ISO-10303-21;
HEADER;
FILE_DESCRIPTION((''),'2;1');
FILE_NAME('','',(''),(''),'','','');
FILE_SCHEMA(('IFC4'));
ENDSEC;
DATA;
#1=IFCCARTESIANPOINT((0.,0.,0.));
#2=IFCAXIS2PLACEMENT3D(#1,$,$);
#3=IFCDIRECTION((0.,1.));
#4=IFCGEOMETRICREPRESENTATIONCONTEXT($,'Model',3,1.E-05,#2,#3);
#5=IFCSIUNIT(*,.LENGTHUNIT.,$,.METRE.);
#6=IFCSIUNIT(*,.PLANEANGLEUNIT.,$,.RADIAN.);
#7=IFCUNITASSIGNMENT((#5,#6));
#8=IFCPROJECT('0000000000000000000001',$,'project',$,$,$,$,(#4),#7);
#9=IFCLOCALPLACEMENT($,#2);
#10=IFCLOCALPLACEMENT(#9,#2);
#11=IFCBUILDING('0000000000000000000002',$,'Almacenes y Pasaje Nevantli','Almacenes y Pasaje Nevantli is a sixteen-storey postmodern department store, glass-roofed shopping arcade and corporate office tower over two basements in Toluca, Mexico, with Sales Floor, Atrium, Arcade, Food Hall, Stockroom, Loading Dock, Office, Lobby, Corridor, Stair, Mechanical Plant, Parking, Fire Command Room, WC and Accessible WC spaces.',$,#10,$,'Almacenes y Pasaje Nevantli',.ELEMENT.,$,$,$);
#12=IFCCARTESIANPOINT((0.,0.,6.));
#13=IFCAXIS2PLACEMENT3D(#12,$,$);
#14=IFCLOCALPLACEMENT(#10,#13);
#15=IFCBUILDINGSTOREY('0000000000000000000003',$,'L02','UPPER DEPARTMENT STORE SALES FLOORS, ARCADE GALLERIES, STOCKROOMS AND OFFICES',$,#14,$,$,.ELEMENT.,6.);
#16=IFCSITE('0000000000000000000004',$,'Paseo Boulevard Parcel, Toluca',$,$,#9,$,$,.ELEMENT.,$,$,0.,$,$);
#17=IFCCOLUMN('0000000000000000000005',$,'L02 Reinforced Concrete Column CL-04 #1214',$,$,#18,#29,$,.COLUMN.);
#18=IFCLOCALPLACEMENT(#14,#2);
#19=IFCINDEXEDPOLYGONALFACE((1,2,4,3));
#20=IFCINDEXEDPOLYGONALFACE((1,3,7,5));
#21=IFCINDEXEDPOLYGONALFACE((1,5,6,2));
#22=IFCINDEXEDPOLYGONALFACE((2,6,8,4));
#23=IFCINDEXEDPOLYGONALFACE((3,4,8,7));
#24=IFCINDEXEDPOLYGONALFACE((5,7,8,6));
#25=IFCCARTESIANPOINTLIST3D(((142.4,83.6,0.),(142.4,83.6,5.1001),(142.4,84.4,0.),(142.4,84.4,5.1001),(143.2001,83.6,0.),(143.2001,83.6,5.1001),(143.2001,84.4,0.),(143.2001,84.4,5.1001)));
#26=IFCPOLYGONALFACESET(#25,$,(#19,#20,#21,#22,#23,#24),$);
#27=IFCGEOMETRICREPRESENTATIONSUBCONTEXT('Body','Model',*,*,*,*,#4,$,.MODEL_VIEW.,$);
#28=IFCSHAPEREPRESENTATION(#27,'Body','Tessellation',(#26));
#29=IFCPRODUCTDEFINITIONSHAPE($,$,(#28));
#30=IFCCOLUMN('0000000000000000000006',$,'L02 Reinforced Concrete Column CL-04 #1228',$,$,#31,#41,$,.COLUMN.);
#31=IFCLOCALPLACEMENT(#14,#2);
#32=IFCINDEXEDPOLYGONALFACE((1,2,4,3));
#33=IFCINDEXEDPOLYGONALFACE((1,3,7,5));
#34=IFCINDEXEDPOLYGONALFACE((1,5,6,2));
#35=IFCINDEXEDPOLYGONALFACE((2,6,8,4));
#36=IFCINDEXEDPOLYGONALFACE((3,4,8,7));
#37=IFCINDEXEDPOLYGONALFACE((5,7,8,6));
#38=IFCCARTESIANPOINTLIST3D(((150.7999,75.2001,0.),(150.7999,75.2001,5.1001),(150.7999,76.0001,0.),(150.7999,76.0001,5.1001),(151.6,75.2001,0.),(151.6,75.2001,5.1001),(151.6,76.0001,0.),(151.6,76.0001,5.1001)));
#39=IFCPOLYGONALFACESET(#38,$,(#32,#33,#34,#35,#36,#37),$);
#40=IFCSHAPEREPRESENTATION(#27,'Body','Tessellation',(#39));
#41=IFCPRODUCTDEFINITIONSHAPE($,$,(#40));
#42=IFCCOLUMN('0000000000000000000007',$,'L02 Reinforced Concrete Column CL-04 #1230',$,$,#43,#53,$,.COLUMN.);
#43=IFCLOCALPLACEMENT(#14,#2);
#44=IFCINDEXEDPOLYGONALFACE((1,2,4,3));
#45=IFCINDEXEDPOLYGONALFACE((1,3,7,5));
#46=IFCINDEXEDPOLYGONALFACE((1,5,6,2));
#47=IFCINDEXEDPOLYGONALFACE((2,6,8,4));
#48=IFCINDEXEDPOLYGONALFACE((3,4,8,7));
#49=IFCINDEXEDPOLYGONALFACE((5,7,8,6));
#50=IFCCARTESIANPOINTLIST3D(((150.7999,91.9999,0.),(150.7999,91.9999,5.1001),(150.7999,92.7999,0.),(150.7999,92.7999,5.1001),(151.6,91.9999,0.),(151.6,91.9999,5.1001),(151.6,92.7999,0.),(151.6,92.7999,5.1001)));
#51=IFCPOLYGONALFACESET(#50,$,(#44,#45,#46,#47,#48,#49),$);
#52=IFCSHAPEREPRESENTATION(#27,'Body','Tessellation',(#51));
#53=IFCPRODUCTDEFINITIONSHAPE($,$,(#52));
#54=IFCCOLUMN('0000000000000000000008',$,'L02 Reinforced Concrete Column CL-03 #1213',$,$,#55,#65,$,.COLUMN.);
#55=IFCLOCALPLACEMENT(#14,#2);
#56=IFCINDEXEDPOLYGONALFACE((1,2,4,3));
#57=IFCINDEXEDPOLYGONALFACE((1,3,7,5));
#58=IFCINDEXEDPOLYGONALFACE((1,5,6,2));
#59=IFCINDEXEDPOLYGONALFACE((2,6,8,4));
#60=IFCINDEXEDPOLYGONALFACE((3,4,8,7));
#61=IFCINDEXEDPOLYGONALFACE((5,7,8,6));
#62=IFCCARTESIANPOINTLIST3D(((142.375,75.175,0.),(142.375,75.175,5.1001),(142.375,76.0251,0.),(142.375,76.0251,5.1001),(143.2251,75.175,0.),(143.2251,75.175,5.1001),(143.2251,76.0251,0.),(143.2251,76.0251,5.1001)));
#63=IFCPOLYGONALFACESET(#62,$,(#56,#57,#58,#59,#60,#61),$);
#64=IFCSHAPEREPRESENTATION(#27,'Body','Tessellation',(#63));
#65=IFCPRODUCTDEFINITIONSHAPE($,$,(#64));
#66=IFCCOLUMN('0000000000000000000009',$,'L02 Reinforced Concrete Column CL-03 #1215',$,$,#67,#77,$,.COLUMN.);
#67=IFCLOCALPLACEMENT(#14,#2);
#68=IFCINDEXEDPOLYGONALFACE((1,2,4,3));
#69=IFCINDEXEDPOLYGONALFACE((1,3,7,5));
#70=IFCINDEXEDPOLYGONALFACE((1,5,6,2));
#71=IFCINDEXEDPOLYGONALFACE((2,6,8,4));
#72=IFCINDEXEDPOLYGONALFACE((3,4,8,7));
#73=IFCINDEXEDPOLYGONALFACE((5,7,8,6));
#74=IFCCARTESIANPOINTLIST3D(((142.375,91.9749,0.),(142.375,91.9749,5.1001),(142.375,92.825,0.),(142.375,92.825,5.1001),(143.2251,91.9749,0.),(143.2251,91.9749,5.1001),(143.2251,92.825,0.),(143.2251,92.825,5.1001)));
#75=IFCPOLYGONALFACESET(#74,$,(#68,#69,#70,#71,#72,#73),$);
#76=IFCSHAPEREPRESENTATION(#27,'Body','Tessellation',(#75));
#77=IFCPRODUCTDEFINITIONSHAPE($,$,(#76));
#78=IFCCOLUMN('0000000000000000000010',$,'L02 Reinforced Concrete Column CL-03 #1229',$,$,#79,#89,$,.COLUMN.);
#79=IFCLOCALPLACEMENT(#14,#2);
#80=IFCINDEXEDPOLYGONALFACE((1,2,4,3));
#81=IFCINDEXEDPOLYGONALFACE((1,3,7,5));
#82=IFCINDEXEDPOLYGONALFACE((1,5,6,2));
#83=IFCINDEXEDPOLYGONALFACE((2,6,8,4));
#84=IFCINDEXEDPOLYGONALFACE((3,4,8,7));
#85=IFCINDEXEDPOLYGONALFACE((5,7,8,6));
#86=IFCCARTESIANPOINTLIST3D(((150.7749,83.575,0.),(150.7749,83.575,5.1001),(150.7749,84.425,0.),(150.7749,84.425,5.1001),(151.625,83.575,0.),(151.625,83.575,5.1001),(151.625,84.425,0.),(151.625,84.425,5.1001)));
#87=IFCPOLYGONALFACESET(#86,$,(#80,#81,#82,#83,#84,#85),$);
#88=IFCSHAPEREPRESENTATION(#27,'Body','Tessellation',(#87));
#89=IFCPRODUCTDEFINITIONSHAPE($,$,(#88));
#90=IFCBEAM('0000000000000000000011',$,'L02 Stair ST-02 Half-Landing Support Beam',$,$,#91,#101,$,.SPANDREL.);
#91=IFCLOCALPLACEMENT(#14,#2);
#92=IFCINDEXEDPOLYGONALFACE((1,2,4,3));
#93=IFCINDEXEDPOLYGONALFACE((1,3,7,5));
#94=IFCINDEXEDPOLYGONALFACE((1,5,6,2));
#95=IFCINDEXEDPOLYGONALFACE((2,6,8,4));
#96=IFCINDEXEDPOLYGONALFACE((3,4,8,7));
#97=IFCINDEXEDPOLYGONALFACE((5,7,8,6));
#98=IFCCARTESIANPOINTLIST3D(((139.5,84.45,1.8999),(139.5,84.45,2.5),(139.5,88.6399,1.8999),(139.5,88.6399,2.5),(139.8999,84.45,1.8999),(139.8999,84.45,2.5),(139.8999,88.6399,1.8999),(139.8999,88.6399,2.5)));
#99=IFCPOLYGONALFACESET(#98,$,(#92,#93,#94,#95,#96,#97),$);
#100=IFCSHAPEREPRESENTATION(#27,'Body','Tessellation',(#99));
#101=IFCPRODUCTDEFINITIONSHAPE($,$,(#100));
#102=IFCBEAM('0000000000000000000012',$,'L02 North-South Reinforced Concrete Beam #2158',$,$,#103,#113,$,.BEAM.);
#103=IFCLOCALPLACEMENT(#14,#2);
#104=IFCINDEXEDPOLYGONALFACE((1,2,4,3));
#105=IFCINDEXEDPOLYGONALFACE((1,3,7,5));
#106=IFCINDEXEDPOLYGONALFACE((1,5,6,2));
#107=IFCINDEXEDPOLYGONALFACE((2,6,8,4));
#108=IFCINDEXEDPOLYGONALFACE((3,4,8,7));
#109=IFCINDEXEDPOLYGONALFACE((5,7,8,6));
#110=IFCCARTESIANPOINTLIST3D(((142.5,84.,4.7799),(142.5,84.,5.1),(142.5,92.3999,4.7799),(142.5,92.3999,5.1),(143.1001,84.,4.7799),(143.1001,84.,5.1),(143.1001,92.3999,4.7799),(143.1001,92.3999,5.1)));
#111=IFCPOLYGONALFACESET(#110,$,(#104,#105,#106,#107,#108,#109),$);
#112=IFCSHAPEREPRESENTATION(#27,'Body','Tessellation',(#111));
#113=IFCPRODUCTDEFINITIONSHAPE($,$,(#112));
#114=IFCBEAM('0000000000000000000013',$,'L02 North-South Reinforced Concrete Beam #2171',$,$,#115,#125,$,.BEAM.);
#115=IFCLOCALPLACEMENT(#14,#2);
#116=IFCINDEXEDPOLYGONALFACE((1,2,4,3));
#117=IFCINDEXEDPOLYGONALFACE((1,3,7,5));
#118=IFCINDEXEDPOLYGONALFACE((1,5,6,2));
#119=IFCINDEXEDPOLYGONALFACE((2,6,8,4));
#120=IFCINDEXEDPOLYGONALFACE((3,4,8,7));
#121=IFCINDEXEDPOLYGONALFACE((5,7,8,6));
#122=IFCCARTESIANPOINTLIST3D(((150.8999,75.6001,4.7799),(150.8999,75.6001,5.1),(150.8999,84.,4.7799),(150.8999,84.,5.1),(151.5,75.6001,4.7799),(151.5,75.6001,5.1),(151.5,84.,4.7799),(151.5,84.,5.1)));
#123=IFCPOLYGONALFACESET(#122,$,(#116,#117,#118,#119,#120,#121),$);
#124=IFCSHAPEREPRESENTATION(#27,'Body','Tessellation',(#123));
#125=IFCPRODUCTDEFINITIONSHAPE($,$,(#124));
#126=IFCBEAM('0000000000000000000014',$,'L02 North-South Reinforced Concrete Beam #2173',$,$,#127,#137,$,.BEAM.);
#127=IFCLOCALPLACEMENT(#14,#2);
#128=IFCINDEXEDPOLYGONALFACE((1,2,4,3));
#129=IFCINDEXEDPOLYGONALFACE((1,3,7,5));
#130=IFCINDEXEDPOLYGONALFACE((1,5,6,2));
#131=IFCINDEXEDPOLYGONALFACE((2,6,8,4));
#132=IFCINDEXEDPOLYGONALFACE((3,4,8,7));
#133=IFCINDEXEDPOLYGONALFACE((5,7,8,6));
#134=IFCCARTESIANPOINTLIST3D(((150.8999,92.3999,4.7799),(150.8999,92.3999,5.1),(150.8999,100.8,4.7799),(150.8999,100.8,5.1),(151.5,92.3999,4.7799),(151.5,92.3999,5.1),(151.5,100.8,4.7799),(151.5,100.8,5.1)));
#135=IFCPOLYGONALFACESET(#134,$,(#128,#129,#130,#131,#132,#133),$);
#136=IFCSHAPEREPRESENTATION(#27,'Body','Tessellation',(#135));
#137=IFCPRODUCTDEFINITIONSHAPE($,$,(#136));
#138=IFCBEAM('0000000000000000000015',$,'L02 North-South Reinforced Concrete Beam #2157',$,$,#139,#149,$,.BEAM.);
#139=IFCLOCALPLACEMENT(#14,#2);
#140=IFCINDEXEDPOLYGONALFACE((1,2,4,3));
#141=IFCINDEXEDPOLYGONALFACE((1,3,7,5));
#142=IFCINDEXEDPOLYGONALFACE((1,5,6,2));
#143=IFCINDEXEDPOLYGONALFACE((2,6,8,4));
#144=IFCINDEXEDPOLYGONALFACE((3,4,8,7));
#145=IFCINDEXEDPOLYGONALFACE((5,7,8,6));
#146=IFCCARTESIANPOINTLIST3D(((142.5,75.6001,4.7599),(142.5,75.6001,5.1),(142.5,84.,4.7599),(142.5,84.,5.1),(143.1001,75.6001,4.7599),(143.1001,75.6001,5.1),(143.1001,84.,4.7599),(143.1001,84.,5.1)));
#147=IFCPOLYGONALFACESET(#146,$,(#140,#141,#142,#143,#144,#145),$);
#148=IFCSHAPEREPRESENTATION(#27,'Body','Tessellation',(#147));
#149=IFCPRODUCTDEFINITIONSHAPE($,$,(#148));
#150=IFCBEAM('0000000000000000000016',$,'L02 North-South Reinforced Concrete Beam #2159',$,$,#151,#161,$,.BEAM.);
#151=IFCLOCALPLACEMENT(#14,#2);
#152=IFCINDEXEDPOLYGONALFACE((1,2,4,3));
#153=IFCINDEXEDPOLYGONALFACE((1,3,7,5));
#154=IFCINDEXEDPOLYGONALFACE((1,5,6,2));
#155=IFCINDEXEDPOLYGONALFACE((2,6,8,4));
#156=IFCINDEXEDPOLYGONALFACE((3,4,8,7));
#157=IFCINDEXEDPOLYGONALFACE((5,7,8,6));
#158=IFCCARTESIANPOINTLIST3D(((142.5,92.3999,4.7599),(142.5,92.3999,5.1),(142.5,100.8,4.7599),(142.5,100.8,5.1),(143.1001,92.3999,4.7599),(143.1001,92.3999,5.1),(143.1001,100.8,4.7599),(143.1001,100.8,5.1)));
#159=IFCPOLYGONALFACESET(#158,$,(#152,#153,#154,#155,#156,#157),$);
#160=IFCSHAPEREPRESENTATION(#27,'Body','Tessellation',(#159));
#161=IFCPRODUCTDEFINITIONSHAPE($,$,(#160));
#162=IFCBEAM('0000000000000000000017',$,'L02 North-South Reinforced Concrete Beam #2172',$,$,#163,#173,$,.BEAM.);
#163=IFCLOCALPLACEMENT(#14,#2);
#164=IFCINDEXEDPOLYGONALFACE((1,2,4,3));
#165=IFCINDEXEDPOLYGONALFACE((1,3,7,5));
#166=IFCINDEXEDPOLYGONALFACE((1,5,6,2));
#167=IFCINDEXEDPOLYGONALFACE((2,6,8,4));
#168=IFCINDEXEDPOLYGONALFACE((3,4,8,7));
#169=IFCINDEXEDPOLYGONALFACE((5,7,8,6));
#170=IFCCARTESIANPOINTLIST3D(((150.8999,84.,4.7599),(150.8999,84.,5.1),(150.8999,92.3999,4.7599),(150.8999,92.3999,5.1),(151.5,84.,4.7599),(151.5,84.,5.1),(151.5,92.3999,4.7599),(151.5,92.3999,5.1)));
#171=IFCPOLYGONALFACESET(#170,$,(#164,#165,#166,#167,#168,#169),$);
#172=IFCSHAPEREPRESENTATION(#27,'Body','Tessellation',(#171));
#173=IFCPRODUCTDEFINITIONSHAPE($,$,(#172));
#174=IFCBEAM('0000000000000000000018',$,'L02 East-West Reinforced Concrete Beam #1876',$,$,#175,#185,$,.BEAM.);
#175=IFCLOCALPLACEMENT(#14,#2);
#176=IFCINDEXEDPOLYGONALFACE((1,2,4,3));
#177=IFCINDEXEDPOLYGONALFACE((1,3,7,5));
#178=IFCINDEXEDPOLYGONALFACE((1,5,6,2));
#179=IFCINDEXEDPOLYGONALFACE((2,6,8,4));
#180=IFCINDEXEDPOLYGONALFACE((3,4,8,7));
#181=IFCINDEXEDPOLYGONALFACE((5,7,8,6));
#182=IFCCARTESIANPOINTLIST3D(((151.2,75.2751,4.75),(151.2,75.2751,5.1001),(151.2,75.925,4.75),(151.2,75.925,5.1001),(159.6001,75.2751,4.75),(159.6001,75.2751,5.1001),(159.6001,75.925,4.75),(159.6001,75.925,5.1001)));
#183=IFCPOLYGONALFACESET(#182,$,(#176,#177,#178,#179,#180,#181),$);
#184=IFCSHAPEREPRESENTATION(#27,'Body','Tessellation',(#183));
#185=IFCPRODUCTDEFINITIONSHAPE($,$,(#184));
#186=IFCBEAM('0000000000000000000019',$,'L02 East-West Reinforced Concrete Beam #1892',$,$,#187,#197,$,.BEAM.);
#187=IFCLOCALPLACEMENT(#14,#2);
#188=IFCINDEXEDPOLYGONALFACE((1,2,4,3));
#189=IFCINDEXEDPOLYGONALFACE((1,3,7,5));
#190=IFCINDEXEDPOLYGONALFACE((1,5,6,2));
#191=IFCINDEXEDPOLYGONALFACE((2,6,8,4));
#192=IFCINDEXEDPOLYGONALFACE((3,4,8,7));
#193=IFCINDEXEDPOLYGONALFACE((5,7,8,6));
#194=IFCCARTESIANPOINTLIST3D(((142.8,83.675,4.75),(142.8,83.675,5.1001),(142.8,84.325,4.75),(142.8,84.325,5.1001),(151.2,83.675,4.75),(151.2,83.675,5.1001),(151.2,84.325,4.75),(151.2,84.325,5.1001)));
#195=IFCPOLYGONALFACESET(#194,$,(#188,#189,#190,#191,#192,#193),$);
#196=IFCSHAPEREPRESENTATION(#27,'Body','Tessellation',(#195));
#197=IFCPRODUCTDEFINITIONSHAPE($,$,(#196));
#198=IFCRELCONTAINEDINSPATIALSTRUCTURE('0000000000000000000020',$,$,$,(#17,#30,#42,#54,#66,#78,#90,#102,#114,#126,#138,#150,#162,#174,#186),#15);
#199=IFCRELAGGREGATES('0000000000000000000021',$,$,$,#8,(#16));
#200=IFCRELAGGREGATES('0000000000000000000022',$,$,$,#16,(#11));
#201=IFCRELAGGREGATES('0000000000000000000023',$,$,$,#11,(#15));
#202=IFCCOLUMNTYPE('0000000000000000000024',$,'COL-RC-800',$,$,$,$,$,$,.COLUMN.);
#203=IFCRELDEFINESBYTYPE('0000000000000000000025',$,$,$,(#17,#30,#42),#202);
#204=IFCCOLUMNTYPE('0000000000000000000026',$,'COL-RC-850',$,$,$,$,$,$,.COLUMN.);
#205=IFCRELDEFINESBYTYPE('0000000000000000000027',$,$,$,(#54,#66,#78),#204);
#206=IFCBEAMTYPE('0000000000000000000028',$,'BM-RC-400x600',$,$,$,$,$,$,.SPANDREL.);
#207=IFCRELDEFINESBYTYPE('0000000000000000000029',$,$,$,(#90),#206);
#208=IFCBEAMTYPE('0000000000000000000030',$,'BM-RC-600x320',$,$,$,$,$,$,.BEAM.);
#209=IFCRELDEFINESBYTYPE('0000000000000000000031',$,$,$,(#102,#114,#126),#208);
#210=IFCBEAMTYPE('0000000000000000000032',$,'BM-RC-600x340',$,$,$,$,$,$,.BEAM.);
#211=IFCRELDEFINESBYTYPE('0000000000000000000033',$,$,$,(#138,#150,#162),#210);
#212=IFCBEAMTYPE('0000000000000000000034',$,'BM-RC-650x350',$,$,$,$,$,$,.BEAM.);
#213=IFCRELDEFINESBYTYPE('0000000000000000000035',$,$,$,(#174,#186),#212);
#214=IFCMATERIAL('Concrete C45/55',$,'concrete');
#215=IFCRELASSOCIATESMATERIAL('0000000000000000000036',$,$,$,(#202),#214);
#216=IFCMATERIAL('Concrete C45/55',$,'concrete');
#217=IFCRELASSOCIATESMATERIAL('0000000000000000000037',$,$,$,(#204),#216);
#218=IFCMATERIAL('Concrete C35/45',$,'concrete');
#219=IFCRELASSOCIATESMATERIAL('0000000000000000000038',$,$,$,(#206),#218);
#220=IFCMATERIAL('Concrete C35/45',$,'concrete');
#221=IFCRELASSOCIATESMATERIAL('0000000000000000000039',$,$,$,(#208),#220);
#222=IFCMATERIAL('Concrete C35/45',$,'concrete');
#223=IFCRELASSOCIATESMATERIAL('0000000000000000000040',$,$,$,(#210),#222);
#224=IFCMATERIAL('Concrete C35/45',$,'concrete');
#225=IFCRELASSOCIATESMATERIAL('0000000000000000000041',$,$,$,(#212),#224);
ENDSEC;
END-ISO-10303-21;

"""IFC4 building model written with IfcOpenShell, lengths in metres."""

from ifc_helpers import new_model, si_unit, direction, frame, origin, origin_2d, place, context, subcontext, project, spatial, rectangle, extrude, material, material_profile, profile_set, type_object, element, save


model = new_model("IFC4")

# Units and contexts
model_context = context("Model", 3, precision=1e-05, world=origin(), true_north=direction((0.0, 1.0)))
body_context = subcontext(model_context, "Body", "Model", "MODEL_VIEW")
ifc_project = project(units=[si_unit("LENGTHUNIT", "METRE"), si_unit("PLANEANGLEUNIT", "RADIAN")], contexts=[model_context])

# Site, building, storey
site_placement = place(None, origin())
site = spatial("IfcSite", under=ifc_project, at=site_placement, Name="Paseo Boulevard Parcel, Toluca", CompositionType="ELEMENT", RefElevation=0.0)
building_placement = place(site_placement, origin())
building = spatial("IfcBuilding", under=site, at=building_placement, Name="Almacenes y Pasaje Nevantli", Description="Almacenes y Pasaje Nevantli is a sixteen-storey postmodern department store, glass-roofed shopping arcade and corporate office tower over two basements in Toluca, Mexico, with Sales Floor, Atrium, Arcade, Food Hall, Stockroom, Loading Dock, Office, Lobby, Corridor, Stair, Mechanical Plant, Parking, Fire Command Room, WC and Accessible WC spaces.", LongName="Almacenes y Pasaje Nevantli", CompositionType="ELEMENT")
storey_placement = place(building_placement, frame((0.0, 0.0, 6.0)))
storey = spatial("IfcBuildingStorey", under=building, at=storey_placement, Name="L02", Description="UPPER DEPARTMENT STORE SALES FLOORS, ARCADE GALLERIES, STOCKROOMS AND OFFICES", CompositionType="ELEMENT", Elevation=6.0)

# Columns
ifc_material_1 = material(Name="Concrete C45/55", Category="concrete")
ifc_material_profile_1 = material_profile(ifc_material_1, rectangle(XDim=0.8, YDim=0.8, at=origin_2d()), Name="RC-COL-800x800")
ifc_profile_set_1 = profile_set([ifc_material_profile_1], Name="Concrete C45/55")
column_type_1 = type_object("IfcColumnType", Name="COL-RC-800", PredefinedType="COLUMN", material=ifc_profile_set_1)
for number, where, z_axis, x_axis, name in (
    (1, (142.8, 84.0, 0.0), (0.0, 0.0, 1.0), (1.0, 0.0, 0.0), "L02 Reinforced Concrete Column CL-04 #1214"),
    (2, (151.2, 75.6001, 0.0), (0.0, 0.0, 1.0), (1.0, 0.0, 0.0), "L02 Reinforced Concrete Column CL-04 #1228"),
    (3, (151.2, 92.3999, 0.0), (0.0, 0.0, 1.0), (1.0, 0.0, 0.0), "L02 Reinforced Concrete Column CL-04 #1230"),
):
    element("IfcColumn", number, at=place(storey_placement, frame(where, z_axis=z_axis, x_axis=x_axis)), inside=storey, type_object=column_type_1, Name=name, PredefinedType="COLUMN", context=body_context, shape_type="SweptSolid", body=[
        extrude(rectangle(XDim=0.8, YDim=0.8, at=origin_2d()), origin(), (0.0, 0.0, 1.0), 5.1001),
    ])
ifc_material_2 = material(Name="Concrete C45/55", Category="concrete")
ifc_material_profile_2 = material_profile(ifc_material_2, rectangle(XDim=0.8501, YDim=0.8501, at=origin_2d()), Name="RC-COL-850x850")
ifc_profile_set_2 = profile_set([ifc_material_profile_2], Name="Concrete C45/55")
column_type_2 = type_object("IfcColumnType", Name="COL-RC-850", PredefinedType="COLUMN", material=ifc_profile_set_2)
for number, where, z_axis, x_axis, name in (
    (4, (142.8, 75.6001, 0.0), (0.0, 0.0, 1.0), (1.0, 0.0, 0.0), "L02 Reinforced Concrete Column CL-03 #1213"),
    (5, (142.8, 92.3999, 0.0), (0.0, 0.0, 1.0), (1.0, 0.0, 0.0), "L02 Reinforced Concrete Column CL-03 #1215"),
    (6, (151.2, 84.0, 0.0), (0.0, 0.0, 1.0), (1.0, 0.0, 0.0), "L02 Reinforced Concrete Column CL-03 #1229"),
):
    element("IfcColumn", number, at=place(storey_placement, frame(where, z_axis=z_axis, x_axis=x_axis)), inside=storey, type_object=column_type_2, Name=name, PredefinedType="COLUMN", context=body_context, shape_type="SweptSolid", body=[
        extrude(rectangle(XDim=0.8501, YDim=0.8501, at=origin_2d()), origin(), (0.0, 0.0, 1.0), 5.1001),
    ])

# Beams
ifc_material_3 = material(Name="Concrete C35/45", Category="concrete")
ifc_material_profile_3 = material_profile(ifc_material_3, rectangle(XDim=0.3999, YDim=0.6001, at=origin_2d()), Name="RC-BM-400x600")
ifc_profile_set_3 = profile_set([ifc_material_profile_3], Name="Concrete C35/45")
beam_type_1 = type_object("IfcBeamType", Name="BM-RC-400x600", PredefinedType="SPANDREL", material=ifc_profile_set_3)
beam_1_placement = place(storey_placement, frame((139.7, 84.45, 2.2), z_axis=(0.0, 1.0, 0.0), x_axis=(-1.0, 0.0, 0.0)))
element("IfcBeam", 7, at=beam_1_placement, inside=storey, type_object=beam_type_1, Name="L02 Stair ST-02 Half-Landing Support Beam", PredefinedType="SPANDREL", context=body_context, shape_type="SweptSolid", body=[
    extrude(rectangle(XDim=0.3999, YDim=0.6001, at=origin_2d()), origin(), (0.0, 0.0, 1.0), 4.1899),
])
ifc_material_4 = material(Name="Concrete C35/45", Category="concrete")
ifc_material_profile_4 = material_profile(ifc_material_4, rectangle(XDim=0.6001, YDim=0.3201, at=origin_2d()), Name="RC-BM-600x320")
ifc_profile_set_4 = profile_set([ifc_material_profile_4], Name="Concrete C35/45")
beam_type_2 = type_object("IfcBeamType", Name="BM-RC-600x320", PredefinedType="BEAM", material=ifc_profile_set_4)
for number, where, z_axis, x_axis, name in (
    (8, (142.8, 84.0, 4.9399), (0.0, 1.0, 0.0), (-1.0, 0.0, 0.0), "L02 North-South Reinforced Concrete Beam #2158"),
    (9, (151.2, 75.6001, 4.9399), (0.0, 1.0, 0.0), (-1.0, 0.0, 0.0), "L02 North-South Reinforced Concrete Beam #2171"),
):
    element("IfcBeam", number, at=place(storey_placement, frame(where, z_axis=z_axis, x_axis=x_axis)), inside=storey, type_object=beam_type_2, Name=name, PredefinedType="BEAM", context=body_context, shape_type="SweptSolid", body=[
        extrude(rectangle(XDim=0.6001, YDim=0.3201, at=origin_2d()), origin(), (0.0, 0.0, 1.0), 8.3999),
    ])
beam_2_placement = place(storey_placement, frame((151.2, 92.3999, 4.9399), z_axis=(0.0, 1.0, 0.0), x_axis=(-1.0, 0.0, 0.0)))
element("IfcBeam", 10, at=beam_2_placement, inside=storey, type_object=beam_type_2, Name="L02 North-South Reinforced Concrete Beam #2173", PredefinedType="BEAM", context=body_context, shape_type="SweptSolid", body=[
    extrude(rectangle(XDim=0.6001, YDim=0.3201, at=origin_2d()), origin(), (0.0, 0.0, 1.0), 8.4001),
])
ifc_material_5 = material(Name="Concrete C35/45", Category="concrete")
ifc_material_profile_5 = material_profile(ifc_material_5, rectangle(XDim=0.6001, YDim=0.3401, at=origin_2d()), Name="RC-BM-600x340")
ifc_profile_set_5 = profile_set([ifc_material_profile_5], Name="Concrete C35/45")
beam_type_3 = type_object("IfcBeamType", Name="BM-RC-600x340", PredefinedType="BEAM", material=ifc_profile_set_5)
beam_3_placement = place(storey_placement, frame((142.8, 75.6001, 4.9299), z_axis=(0.0, 1.0, 0.0), x_axis=(-1.0, 0.0, 0.0)))
element("IfcBeam", 11, at=beam_3_placement, inside=storey, type_object=beam_type_3, Name="L02 North-South Reinforced Concrete Beam #2157", PredefinedType="BEAM", context=body_context, shape_type="SweptSolid", body=[
    extrude(rectangle(XDim=0.6001, YDim=0.3401, at=origin_2d()), origin(), (0.0, 0.0, 1.0), 8.3999),
])
beam_4_placement = place(storey_placement, frame((142.8, 92.3999, 4.9299), z_axis=(0.0, 1.0, 0.0), x_axis=(-1.0, 0.0, 0.0)))
element("IfcBeam", 12, at=beam_4_placement, inside=storey, type_object=beam_type_3, Name="L02 North-South Reinforced Concrete Beam #2159", PredefinedType="BEAM", context=body_context, shape_type="SweptSolid", body=[
    extrude(rectangle(XDim=0.6001, YDim=0.3401, at=origin_2d()), origin(), (0.0, 0.0, 1.0), 8.4001),
])
beam_5_placement = place(storey_placement, frame((151.2, 84.0, 4.9299), z_axis=(0.0, 1.0, 0.0), x_axis=(-1.0, 0.0, 0.0)))
element("IfcBeam", 13, at=beam_5_placement, inside=storey, type_object=beam_type_3, Name="L02 North-South Reinforced Concrete Beam #2172", PredefinedType="BEAM", context=body_context, shape_type="SweptSolid", body=[
    extrude(rectangle(XDim=0.6001, YDim=0.3401, at=origin_2d()), origin(), (0.0, 0.0, 1.0), 8.3999),
])
ifc_material_6 = material(Name="Concrete C35/45", Category="concrete")
ifc_material_profile_6 = material_profile(ifc_material_6, rectangle(XDim=0.6499, YDim=0.3501, at=origin_2d()), Name="RC-BM-650x350")
ifc_profile_set_6 = profile_set([ifc_material_profile_6], Name="Concrete C35/45")
beam_type_4 = type_object("IfcBeamType", Name="BM-RC-650x350", PredefinedType="BEAM", material=ifc_profile_set_6)
beam_6_placement = place(storey_placement, frame((151.2, 75.6001, 4.925), z_axis=(1.0, 0.0, 0.0), x_axis=(0.0, 1.0, 0.0)))
element("IfcBeam", 14, at=beam_6_placement, inside=storey, type_object=beam_type_4, Name="L02 East-West Reinforced Concrete Beam #1876", PredefinedType="BEAM", context=body_context, shape_type="SweptSolid", body=[
    extrude(rectangle(XDim=0.6499, YDim=0.3501, at=origin_2d()), origin(), (0.0, 0.0, 1.0), 8.4001),
])
beam_7_placement = place(storey_placement, frame((142.8, 84.0, 4.925), z_axis=(1.0, 0.0, 0.0), x_axis=(0.0, 1.0, 0.0)))
element("IfcBeam", 15, at=beam_7_placement, inside=storey, type_object=beam_type_4, Name="L02 East-West Reinforced Concrete Beam #1892", PredefinedType="BEAM", context=body_context, shape_type="SweptSolid", body=[
    extrude(rectangle(XDim=0.6499, YDim=0.3501, at=origin_2d()), origin(), (0.0, 0.0, 1.0), 8.3999),
])

save(model, "model.ifc")
